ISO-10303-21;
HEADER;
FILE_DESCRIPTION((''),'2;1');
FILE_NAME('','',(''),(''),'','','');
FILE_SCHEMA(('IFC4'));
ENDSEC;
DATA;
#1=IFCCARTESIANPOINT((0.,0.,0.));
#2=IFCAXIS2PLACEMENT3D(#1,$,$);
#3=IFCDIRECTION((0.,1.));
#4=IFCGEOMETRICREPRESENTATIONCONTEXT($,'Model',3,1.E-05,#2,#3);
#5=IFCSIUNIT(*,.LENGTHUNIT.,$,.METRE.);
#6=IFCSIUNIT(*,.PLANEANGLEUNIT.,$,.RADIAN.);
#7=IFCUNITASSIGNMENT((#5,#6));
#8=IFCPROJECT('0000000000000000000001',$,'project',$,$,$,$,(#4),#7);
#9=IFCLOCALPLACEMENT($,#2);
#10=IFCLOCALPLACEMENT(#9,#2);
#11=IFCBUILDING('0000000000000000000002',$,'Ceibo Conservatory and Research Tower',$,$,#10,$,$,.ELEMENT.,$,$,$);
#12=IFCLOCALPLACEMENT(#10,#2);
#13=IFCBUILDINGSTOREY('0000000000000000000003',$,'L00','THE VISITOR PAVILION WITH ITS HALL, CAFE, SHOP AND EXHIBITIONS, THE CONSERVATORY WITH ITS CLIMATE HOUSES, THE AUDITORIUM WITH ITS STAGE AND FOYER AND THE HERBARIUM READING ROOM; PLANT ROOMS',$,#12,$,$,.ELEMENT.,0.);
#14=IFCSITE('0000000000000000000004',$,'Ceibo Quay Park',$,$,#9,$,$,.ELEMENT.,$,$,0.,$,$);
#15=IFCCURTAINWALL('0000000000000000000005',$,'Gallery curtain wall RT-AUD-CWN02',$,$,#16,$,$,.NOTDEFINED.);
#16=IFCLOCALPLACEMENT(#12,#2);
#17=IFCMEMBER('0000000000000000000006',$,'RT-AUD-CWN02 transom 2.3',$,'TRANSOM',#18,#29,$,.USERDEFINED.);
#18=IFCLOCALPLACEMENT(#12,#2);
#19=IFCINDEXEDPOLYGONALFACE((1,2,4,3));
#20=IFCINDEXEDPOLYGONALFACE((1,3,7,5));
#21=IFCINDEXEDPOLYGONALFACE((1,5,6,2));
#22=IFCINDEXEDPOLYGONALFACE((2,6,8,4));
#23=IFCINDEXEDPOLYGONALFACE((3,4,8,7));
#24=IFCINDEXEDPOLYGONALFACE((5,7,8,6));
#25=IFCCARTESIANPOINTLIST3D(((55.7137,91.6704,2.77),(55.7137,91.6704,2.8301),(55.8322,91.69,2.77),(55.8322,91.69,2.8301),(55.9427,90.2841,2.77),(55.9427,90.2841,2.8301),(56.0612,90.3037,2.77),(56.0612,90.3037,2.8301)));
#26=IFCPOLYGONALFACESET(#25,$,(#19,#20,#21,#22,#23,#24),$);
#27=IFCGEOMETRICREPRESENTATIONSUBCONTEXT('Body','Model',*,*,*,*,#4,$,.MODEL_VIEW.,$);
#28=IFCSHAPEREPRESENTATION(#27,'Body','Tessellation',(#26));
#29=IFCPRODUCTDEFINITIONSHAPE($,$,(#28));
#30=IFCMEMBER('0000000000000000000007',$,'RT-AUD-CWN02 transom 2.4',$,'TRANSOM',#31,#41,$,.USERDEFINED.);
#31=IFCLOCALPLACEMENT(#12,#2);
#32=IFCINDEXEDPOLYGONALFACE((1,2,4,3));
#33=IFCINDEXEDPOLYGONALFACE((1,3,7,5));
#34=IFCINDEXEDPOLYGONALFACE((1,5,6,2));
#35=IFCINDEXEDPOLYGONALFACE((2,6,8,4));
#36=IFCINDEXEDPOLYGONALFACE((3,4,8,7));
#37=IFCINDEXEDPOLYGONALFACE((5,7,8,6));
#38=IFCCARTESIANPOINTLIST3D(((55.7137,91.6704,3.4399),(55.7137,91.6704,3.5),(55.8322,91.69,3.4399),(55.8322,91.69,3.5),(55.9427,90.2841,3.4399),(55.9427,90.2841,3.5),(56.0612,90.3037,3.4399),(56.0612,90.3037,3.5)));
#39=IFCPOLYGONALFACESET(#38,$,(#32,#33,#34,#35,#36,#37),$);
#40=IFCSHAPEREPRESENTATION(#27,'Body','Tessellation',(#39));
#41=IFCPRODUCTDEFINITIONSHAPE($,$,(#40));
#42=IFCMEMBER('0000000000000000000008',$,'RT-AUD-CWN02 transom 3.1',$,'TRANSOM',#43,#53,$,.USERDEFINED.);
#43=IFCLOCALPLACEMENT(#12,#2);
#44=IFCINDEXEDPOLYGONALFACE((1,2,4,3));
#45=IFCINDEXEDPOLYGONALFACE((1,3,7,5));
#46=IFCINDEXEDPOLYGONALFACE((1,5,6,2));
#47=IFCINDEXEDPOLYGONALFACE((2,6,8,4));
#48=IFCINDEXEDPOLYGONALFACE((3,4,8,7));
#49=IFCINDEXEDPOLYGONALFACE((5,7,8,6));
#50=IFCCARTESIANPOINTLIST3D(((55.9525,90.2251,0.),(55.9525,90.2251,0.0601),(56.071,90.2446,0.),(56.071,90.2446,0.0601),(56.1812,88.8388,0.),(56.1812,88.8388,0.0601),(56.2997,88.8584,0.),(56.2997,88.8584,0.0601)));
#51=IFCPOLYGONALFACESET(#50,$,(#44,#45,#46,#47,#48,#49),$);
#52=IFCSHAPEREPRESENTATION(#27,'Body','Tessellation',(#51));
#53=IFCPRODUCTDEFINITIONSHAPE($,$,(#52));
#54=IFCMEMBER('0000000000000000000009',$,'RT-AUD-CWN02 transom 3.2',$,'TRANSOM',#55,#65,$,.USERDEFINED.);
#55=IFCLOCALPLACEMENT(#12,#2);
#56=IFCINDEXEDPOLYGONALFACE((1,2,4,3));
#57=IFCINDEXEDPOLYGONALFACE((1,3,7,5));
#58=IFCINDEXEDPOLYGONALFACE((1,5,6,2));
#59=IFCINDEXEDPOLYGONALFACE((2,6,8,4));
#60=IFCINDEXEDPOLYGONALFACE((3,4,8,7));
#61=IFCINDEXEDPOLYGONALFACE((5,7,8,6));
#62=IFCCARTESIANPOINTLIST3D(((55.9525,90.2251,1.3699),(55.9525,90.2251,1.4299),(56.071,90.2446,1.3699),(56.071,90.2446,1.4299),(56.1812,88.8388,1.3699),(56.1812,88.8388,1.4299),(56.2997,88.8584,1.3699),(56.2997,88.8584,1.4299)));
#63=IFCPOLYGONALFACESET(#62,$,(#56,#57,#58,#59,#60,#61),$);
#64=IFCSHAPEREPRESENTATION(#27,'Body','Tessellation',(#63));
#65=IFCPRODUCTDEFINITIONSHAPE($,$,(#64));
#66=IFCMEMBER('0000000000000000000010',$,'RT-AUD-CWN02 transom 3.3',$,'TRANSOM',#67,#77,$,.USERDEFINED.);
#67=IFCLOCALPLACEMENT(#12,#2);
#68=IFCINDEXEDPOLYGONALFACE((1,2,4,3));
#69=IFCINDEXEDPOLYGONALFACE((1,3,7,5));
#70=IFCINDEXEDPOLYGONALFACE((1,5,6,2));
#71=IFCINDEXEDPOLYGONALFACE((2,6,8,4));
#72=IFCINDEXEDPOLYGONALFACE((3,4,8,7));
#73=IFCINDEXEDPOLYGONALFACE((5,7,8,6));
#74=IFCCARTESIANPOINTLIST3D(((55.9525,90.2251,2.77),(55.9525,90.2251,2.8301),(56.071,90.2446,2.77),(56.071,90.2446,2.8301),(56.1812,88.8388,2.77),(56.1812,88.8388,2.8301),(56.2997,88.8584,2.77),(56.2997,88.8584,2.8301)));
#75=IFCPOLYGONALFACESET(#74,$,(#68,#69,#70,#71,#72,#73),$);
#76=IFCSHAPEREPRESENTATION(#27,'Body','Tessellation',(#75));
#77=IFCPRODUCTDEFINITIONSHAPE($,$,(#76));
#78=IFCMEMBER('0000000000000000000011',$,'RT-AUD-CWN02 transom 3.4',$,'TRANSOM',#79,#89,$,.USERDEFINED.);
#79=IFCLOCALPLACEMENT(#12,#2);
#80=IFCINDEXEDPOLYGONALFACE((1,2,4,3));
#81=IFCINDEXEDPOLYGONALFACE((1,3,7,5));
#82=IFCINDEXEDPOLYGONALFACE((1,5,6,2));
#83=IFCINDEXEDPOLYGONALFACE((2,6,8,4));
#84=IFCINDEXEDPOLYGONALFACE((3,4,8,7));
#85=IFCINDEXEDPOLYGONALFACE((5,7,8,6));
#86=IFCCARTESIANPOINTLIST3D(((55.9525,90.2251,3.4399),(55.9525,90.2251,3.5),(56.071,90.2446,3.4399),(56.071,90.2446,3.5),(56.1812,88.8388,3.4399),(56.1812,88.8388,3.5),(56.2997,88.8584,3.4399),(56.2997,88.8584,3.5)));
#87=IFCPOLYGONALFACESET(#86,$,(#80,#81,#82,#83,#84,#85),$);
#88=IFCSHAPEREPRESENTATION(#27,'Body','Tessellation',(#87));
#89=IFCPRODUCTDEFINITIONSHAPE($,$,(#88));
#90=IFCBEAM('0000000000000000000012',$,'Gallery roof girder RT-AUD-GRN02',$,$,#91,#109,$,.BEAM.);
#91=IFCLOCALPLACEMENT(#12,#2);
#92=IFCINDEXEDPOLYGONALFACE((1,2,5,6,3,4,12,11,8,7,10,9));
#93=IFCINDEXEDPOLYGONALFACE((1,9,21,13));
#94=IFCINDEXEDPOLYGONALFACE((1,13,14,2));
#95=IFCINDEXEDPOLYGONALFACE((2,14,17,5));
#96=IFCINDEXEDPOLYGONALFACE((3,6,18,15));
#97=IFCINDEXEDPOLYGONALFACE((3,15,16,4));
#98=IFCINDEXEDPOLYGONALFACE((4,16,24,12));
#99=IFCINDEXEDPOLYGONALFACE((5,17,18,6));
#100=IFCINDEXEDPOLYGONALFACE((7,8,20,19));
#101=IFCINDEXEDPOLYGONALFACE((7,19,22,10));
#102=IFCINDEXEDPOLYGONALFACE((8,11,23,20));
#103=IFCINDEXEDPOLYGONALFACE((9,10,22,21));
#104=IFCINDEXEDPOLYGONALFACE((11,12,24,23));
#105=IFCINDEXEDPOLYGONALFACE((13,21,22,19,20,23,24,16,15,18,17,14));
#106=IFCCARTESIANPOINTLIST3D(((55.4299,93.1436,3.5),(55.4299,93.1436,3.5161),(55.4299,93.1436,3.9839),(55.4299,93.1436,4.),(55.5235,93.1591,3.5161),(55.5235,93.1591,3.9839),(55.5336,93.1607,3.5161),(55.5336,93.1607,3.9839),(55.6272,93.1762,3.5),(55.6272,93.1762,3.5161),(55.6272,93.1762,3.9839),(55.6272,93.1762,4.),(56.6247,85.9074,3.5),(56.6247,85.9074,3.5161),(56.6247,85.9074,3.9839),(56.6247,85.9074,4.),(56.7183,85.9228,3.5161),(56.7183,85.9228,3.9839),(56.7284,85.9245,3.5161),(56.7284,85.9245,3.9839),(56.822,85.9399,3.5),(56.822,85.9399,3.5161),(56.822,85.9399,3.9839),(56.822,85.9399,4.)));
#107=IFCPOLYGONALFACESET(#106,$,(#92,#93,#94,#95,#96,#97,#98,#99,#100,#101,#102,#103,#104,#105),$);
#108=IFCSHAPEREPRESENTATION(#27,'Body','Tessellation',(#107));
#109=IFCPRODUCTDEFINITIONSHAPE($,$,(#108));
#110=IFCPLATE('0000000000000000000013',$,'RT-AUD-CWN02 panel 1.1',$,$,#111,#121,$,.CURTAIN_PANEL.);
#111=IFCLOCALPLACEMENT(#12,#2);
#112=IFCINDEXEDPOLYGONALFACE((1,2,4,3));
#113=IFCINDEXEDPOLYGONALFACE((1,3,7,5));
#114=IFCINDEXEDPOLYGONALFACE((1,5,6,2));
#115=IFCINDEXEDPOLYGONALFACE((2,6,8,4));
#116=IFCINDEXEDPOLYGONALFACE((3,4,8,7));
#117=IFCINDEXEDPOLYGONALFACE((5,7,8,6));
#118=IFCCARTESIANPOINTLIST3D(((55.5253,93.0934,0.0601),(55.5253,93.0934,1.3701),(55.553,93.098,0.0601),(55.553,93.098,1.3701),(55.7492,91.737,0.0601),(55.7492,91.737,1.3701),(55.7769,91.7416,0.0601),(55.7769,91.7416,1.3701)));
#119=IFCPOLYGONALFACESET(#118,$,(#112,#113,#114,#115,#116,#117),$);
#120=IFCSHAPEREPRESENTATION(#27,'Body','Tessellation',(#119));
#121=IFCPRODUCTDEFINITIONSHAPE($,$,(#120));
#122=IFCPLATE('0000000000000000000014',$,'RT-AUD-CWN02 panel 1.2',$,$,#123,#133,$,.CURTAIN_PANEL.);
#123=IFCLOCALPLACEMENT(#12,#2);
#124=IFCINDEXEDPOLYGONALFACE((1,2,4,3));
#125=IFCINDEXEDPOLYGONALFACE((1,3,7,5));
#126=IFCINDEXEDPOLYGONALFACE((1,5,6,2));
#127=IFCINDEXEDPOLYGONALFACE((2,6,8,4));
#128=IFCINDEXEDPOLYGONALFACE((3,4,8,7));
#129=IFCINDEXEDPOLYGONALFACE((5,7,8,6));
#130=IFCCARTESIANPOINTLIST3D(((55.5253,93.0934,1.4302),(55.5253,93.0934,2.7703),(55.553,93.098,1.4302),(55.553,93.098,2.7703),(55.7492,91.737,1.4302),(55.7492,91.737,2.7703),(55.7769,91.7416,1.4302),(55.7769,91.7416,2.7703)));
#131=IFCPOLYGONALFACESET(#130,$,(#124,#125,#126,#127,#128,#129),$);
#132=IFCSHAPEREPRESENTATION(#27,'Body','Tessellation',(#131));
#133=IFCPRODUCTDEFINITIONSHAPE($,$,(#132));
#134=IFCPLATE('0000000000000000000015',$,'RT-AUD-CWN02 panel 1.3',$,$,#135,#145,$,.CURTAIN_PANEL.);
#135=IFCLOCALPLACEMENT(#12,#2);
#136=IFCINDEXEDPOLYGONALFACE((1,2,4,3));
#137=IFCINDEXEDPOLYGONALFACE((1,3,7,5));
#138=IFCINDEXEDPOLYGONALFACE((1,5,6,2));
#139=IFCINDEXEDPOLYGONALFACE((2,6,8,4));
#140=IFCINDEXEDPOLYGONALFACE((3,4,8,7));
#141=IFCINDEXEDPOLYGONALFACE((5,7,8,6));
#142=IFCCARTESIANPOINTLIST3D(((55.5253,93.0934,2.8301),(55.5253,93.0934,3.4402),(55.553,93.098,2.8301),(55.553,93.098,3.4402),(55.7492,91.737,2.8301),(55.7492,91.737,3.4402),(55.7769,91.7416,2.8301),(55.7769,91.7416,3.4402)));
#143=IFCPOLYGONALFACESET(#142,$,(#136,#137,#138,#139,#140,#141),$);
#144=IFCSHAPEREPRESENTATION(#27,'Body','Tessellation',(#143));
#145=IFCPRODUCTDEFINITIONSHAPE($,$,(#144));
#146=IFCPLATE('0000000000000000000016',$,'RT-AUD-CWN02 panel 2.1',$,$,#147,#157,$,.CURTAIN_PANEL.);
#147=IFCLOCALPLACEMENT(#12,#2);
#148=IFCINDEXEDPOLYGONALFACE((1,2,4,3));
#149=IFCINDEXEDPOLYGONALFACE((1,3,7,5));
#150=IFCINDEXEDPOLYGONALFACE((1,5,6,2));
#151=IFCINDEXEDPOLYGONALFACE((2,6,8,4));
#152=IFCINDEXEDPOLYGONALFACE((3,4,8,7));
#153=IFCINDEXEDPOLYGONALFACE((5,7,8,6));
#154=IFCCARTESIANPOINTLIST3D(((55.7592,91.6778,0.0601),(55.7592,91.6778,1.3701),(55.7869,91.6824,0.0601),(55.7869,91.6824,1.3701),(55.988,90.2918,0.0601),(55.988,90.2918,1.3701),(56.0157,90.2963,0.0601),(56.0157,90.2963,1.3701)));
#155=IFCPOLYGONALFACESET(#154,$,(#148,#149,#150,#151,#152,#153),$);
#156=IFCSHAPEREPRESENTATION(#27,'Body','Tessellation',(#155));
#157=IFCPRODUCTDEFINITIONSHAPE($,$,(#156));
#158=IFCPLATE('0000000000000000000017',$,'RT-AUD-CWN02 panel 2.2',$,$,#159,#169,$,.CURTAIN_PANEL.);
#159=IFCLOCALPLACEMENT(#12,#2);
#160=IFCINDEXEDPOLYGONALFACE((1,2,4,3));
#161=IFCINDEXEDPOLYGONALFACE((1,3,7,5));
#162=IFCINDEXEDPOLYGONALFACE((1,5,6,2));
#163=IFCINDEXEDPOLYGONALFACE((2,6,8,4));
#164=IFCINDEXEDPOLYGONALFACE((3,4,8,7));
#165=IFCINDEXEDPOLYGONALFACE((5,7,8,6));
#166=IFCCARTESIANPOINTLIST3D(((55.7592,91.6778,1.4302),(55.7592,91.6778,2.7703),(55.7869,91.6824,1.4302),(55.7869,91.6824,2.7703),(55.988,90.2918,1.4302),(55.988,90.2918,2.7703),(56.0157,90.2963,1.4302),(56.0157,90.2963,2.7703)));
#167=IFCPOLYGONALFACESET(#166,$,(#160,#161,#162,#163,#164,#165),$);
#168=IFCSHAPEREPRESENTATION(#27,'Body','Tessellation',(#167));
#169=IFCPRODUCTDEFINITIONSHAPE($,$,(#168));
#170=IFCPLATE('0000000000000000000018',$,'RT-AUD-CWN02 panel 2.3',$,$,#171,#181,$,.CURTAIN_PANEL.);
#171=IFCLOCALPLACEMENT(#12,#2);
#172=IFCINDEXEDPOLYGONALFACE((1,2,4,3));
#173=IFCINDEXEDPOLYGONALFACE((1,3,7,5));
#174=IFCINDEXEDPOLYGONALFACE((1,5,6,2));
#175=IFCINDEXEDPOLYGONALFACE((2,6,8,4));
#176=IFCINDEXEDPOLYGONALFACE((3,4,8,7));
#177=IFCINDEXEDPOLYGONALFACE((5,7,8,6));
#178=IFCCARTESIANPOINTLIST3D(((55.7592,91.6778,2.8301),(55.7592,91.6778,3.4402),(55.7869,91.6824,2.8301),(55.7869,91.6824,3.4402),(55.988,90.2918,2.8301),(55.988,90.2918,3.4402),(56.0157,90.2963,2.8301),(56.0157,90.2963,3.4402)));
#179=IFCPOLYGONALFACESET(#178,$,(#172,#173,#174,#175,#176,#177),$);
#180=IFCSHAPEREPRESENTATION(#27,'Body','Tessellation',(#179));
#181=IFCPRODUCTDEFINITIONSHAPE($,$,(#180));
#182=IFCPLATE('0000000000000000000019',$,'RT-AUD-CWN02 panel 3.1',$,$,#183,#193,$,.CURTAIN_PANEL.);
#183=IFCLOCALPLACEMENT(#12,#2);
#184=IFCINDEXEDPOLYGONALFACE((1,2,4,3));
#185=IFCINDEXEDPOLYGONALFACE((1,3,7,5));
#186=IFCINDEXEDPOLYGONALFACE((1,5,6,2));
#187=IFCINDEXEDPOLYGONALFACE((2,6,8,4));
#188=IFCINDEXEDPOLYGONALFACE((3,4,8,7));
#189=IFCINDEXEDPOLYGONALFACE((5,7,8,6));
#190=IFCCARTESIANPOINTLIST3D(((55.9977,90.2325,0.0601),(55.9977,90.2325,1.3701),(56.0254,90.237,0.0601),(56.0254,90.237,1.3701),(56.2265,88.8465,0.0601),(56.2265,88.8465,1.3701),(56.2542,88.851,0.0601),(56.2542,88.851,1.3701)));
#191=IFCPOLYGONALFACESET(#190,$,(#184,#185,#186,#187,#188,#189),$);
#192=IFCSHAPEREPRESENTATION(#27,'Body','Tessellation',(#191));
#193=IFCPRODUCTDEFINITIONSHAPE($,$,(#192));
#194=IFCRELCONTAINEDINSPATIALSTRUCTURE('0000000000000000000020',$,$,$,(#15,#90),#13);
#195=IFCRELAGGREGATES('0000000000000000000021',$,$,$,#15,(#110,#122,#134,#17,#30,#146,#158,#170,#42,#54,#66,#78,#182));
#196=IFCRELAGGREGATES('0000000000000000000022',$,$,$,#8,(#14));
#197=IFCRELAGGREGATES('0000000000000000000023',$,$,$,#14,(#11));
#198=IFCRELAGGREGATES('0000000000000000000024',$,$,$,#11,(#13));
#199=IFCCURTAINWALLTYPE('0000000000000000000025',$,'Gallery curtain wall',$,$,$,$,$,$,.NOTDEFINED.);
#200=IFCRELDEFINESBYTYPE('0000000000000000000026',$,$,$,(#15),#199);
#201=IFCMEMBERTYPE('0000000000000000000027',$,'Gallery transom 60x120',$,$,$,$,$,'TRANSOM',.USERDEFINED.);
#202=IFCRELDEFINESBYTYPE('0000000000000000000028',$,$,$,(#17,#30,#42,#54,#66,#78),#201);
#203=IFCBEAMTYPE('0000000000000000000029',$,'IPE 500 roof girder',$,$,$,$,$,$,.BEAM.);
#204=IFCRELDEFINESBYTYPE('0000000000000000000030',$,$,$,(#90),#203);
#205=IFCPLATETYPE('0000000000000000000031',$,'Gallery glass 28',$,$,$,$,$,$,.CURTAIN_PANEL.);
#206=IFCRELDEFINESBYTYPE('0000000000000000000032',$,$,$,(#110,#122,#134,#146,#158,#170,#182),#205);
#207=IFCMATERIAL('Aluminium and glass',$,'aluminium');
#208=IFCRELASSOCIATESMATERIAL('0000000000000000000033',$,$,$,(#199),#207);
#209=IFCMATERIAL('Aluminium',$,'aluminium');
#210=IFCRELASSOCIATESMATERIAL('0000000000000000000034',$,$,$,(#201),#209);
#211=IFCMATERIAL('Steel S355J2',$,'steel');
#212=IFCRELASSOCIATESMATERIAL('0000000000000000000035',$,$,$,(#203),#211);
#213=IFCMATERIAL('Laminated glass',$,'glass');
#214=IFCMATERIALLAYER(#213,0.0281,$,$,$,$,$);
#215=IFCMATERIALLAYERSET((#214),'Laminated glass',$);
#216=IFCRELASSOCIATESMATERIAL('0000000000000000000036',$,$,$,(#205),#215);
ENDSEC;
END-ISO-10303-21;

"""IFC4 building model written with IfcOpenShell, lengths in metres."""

from ifc_helpers import new_model, si_unit, direction, frame, origin, origin_2d, place, context, subcontext, project, spatial, rectangle, i_section, extrude, material, layer, layer_set, material_profile, profile_set, type_object, element, aggregate, save


model = new_model("IFC4")

# Units and contexts
model_context = context("Model", 3, precision=1e-05, world=origin(), true_north=direction((0.0, 1.0)))
body_context = subcontext(model_context, "Body", "Model", "MODEL_VIEW")
ifc_project = project(units=[si_unit("LENGTHUNIT", "METRE"), si_unit("PLANEANGLEUNIT", "RADIAN")], contexts=[model_context])

# Site, building, storey
site_placement = place(None, origin())
site = spatial("IfcSite", under=ifc_project, at=site_placement, Name="Ceibo Quay Park", CompositionType="ELEMENT", RefElevation=0.0)
building_placement = place(site_placement, origin())
building = spatial("IfcBuilding", under=site, at=building_placement, Name="Ceibo Conservatory and Research Tower", CompositionType="ELEMENT")
storey_placement = place(building_placement, origin())
storey = spatial("IfcBuildingStorey", under=building, at=storey_placement, Name="L00", Description="THE VISITOR PAVILION WITH ITS HALL, CAFE, SHOP AND EXHIBITIONS, THE CONSERVATORY WITH ITS CLIMATE HOUSES, THE AUDITORIUM WITH ITS STAGE AND FOYER AND THE HERBARIUM READING ROOM; PLANT ROOMS", CompositionType="ELEMENT", Elevation=0.0)

# Curtain wall, members
ifc_material_1 = material(Name="Aluminium and glass", Category="aluminium")
ifc_material_2 = material(Name="Aluminium", Category="aluminium")
curtain_wall_type_1 = type_object("IfcCurtainWallType", Name="Gallery curtain wall", PredefinedType="NOTDEFINED", material=ifc_material_1)
curtain_wall_1_placement = place(storey_placement, origin())
curtain_wall_1 = element("IfcCurtainWall", 1, at=curtain_wall_1_placement, inside=storey, type_object=curtain_wall_type_1, Name="Gallery curtain wall RT-AUD-CWN02", PredefinedType="NOTDEFINED")
ifc_material_profile_1 = material_profile(ifc_material_2, rectangle(XDim=0.1201, YDim=0.0601, at=origin_2d()), Name="AL 60x120")
ifc_profile_set_1 = profile_set([ifc_material_profile_1], Name="Aluminium")
member_type_1 = type_object("IfcMemberType", Name="Gallery transom 60x120", ElementType="TRANSOM", PredefinedType="USERDEFINED", material=ifc_profile_set_1)
member_1_placement = place(storey_placement, frame((55.7729, 91.6802, 2.8), z_axis=(0.16299, -0.986628, 0.0), x_axis=(0.986628, 0.16299, 0.0)))
member_1 = element("IfcMember", 2, at=member_1_placement, type_object=member_type_1, Name="RT-AUD-CWN02 transom 2.3", ObjectType="TRANSOM", PredefinedType="USERDEFINED", context=body_context, shape_type="SweptSolid", body=[
    extrude(rectangle(XDim=0.1201, YDim=0.0601, at=origin_2d()), origin(), (0.0, 0.0, 1.0), 1.405),
])
member_2_placement = place(storey_placement, frame((55.7729, 91.6802, 3.47), z_axis=(0.16299, -0.986628, 0.0), x_axis=(0.986628, 0.16299, 0.0)))
member_2 = element("IfcMember", 3, at=member_2_placement, type_object=member_type_1, Name="RT-AUD-CWN02 transom 2.4", ObjectType="TRANSOM", PredefinedType="USERDEFINED", context=body_context, shape_type="SweptSolid", body=[
    extrude(rectangle(XDim=0.1201, YDim=0.0601, at=origin_2d()), origin(), (0.0, 0.0, 1.0), 1.405),
])
member_3_placement = place(storey_placement, frame((56.0117, 90.2349, 0.03), z_axis=(0.162821, -0.986656, 0.0), x_axis=(0.986656, 0.162821, 0.0)))
member_3 = element("IfcMember", 4, at=member_3_placement, type_object=member_type_1, Name="RT-AUD-CWN02 transom 3.1", ObjectType="TRANSOM", PredefinedType="USERDEFINED", context=body_context, shape_type="SweptSolid", body=[
    extrude(rectangle(XDim=0.1201, YDim=0.0601, at=origin_2d()), origin(), (0.0, 0.0, 1.0), 1.405),
])
member_4_placement = place(storey_placement, frame((56.0117, 90.2349, 1.3999), z_axis=(0.162821, -0.986656, 0.0), x_axis=(0.986656, 0.162821, 0.0)))
member_4 = element("IfcMember", 5, at=member_4_placement, type_object=member_type_1, Name="RT-AUD-CWN02 transom 3.2", ObjectType="TRANSOM", PredefinedType="USERDEFINED", context=body_context, shape_type="SweptSolid", body=[
    extrude(rectangle(XDim=0.1201, YDim=0.0601, at=origin_2d()), origin(), (0.0, 0.0, 1.0), 1.405),
])
member_5_placement = place(storey_placement, frame((56.0117, 90.2349, 2.8), z_axis=(0.162821, -0.986656, 0.0), x_axis=(0.986656, 0.162821, 0.0)))
member_5 = element("IfcMember", 6, at=member_5_placement, type_object=member_type_1, Name="RT-AUD-CWN02 transom 3.3", ObjectType="TRANSOM", PredefinedType="USERDEFINED", context=body_context, shape_type="SweptSolid", body=[
    extrude(rectangle(XDim=0.1201, YDim=0.0601, at=origin_2d()), origin(), (0.0, 0.0, 1.0), 1.405),
])
member_6_placement = place(storey_placement, frame((56.0117, 90.2349, 3.47), z_axis=(0.162821, -0.986656, 0.0), x_axis=(0.986656, 0.162821, 0.0)))
member_6 = element("IfcMember", 7, at=member_6_placement, type_object=member_type_1, Name="RT-AUD-CWN02 transom 3.4", ObjectType="TRANSOM", PredefinedType="USERDEFINED", context=body_context, shape_type="SweptSolid", body=[
    extrude(rectangle(XDim=0.1201, YDim=0.0601, at=origin_2d()), origin(), (0.0, 0.0, 1.0), 1.405),
])

# Beam
ifc_material_3 = material(Name="Steel S355J2", Category="steel")
ifc_material_profile_2 = material_profile(ifc_material_3, i_section(OverallWidth=0.2, OverallDepth=0.5, WebThickness=0.0103, FlangeThickness=0.0161, at=origin_2d()), Name="IPE 500")
ifc_profile_set_2 = profile_set([ifc_material_profile_2], Name="Steel S355J2")
beam_type = type_object("IfcBeamType", Name="IPE 500 roof girder", PredefinedType="BEAM", material=ifc_profile_set_2)
beam_placement = place(storey_placement, frame((55.5286, 93.1599, 3.75), z_axis=(0.162909, -0.986641, 0.0), x_axis=(0.986641, 0.162909, 0.0)))
element("IfcBeam", 8, at=beam_placement, inside=storey, type_object=beam_type, Name="Gallery roof girder RT-AUD-GRN02", PredefinedType="BEAM", context=body_context, shape_type="SweptSolid", body=[
    extrude(i_section(OverallWidth=0.2, OverallDepth=0.5, WebThickness=0.0103, FlangeThickness=0.0161, at=origin_2d()), origin(), (0.0, 0.0, 1.0), 7.3342),
])

# Plates
ifc_material_4 = material(Name="Laminated glass", Category="glass")
ifc_layer = layer(ifc_material_4, 0.0281)
ifc_layer_set = layer_set([ifc_layer], Name="Laminated glass")
plate_type = type_object("IfcPlateType", Name="Gallery glass 28", PredefinedType="CURTAIN_PANEL", material=ifc_layer_set)
plate_1_placement = place(storey_placement, frame((55.6511, 92.4175, 0.0601), z_axis=(0.0, 0.0, 1.0), x_axis=(0.162895, -0.986643, 0.0)))
plate_1 = element("IfcPlate", 9, at=plate_1_placement, type_object=plate_type, Name="RT-AUD-CWN02 panel 1.1", PredefinedType="CURTAIN_PANEL", context=body_context, shape_type="SweptSolid", body=[
    extrude(rectangle(XDim=1.3748, YDim=0.0281, at=origin_2d()), origin(), (0.0, 0.0, 1.0), 1.3101),
])
plate_2_placement = place(storey_placement, frame((55.6511, 92.4175, 1.4302), z_axis=(0.0, 0.0, 1.0), x_axis=(0.162895, -0.986643, 0.0)))
plate_2 = element("IfcPlate", 10, at=plate_2_placement, type_object=plate_type, Name="RT-AUD-CWN02 panel 1.2", PredefinedType="CURTAIN_PANEL", context=body_context, shape_type="SweptSolid", body=[
    extrude(rectangle(XDim=1.3748, YDim=0.0281, at=origin_2d()), origin(), (0.0, 0.0, 1.0), 1.3401),
])
plate_3_placement = place(storey_placement, frame((55.6511, 92.4175, 2.8301), z_axis=(0.0, 0.0, 1.0), x_axis=(0.162895, -0.986643, 0.0)))
plate_3 = element("IfcPlate", 11, at=plate_3_placement, type_object=plate_type, Name="RT-AUD-CWN02 panel 1.3", PredefinedType="CURTAIN_PANEL", context=body_context, shape_type="SweptSolid", body=[
    extrude(rectangle(XDim=1.3748, YDim=0.0281, at=origin_2d()), origin(), (0.0, 0.0, 1.0), 0.6101),
])
plate_4_placement = place(storey_placement, frame((55.8875, 90.9871, 0.0601), z_axis=(0.0, 0.0, 1.0), x_axis=(0.162895, -0.986643, 0.0)))
plate_4 = element("IfcPlate", 12, at=plate_4_placement, type_object=plate_type, Name="RT-AUD-CWN02 panel 2.1", PredefinedType="CURTAIN_PANEL", context=body_context, shape_type="SweptSolid", body=[
    extrude(rectangle(XDim=1.4048, YDim=0.0281, at=origin_2d()), origin(), (0.0, 0.0, 1.0), 1.3101),
])
plate_5_placement = place(storey_placement, frame((55.8875, 90.9871, 1.4302), z_axis=(0.0, 0.0, 1.0), x_axis=(0.162895, -0.986643, 0.0)))
plate_5 = element("IfcPlate", 13, at=plate_5_placement, type_object=plate_type, Name="RT-AUD-CWN02 panel 2.2", PredefinedType="CURTAIN_PANEL", context=body_context, shape_type="SweptSolid", body=[
    extrude(rectangle(XDim=1.4048, YDim=0.0281, at=origin_2d()), origin(), (0.0, 0.0, 1.0), 1.3401),
])
plate_6_placement = place(storey_placement, frame((55.8875, 90.9871, 2.8301), z_axis=(0.0, 0.0, 1.0), x_axis=(0.162895, -0.986643, 0.0)))
plate_6 = element("IfcPlate", 14, at=plate_6_placement, type_object=plate_type, Name="RT-AUD-CWN02 panel 2.3", PredefinedType="CURTAIN_PANEL", context=body_context, shape_type="SweptSolid", body=[
    extrude(rectangle(XDim=1.4048, YDim=0.0281, at=origin_2d()), origin(), (0.0, 0.0, 1.0), 0.6101),
])
plate_7_placement = place(storey_placement, frame((56.126, 89.5417, 0.0601), z_axis=(0.0, 0.0, 1.0), x_axis=(0.162895, -0.986643, 0.0)))
plate_7 = element("IfcPlate", 15, at=plate_7_placement, type_object=plate_type, Name="RT-AUD-CWN02 panel 3.1", PredefinedType="CURTAIN_PANEL", context=body_context, shape_type="SweptSolid", body=[
    extrude(rectangle(XDim=1.4048, YDim=0.0281, at=origin_2d()), origin(), (0.0, 0.0, 1.0), 1.3101),
])
aggregate(curtain_wall_1, [plate_1, plate_2, plate_3, member_1, member_2, plate_4, plate_5, plate_6, member_3, member_4, member_5, member_6, plate_7])

save(model, "model.ifc")
